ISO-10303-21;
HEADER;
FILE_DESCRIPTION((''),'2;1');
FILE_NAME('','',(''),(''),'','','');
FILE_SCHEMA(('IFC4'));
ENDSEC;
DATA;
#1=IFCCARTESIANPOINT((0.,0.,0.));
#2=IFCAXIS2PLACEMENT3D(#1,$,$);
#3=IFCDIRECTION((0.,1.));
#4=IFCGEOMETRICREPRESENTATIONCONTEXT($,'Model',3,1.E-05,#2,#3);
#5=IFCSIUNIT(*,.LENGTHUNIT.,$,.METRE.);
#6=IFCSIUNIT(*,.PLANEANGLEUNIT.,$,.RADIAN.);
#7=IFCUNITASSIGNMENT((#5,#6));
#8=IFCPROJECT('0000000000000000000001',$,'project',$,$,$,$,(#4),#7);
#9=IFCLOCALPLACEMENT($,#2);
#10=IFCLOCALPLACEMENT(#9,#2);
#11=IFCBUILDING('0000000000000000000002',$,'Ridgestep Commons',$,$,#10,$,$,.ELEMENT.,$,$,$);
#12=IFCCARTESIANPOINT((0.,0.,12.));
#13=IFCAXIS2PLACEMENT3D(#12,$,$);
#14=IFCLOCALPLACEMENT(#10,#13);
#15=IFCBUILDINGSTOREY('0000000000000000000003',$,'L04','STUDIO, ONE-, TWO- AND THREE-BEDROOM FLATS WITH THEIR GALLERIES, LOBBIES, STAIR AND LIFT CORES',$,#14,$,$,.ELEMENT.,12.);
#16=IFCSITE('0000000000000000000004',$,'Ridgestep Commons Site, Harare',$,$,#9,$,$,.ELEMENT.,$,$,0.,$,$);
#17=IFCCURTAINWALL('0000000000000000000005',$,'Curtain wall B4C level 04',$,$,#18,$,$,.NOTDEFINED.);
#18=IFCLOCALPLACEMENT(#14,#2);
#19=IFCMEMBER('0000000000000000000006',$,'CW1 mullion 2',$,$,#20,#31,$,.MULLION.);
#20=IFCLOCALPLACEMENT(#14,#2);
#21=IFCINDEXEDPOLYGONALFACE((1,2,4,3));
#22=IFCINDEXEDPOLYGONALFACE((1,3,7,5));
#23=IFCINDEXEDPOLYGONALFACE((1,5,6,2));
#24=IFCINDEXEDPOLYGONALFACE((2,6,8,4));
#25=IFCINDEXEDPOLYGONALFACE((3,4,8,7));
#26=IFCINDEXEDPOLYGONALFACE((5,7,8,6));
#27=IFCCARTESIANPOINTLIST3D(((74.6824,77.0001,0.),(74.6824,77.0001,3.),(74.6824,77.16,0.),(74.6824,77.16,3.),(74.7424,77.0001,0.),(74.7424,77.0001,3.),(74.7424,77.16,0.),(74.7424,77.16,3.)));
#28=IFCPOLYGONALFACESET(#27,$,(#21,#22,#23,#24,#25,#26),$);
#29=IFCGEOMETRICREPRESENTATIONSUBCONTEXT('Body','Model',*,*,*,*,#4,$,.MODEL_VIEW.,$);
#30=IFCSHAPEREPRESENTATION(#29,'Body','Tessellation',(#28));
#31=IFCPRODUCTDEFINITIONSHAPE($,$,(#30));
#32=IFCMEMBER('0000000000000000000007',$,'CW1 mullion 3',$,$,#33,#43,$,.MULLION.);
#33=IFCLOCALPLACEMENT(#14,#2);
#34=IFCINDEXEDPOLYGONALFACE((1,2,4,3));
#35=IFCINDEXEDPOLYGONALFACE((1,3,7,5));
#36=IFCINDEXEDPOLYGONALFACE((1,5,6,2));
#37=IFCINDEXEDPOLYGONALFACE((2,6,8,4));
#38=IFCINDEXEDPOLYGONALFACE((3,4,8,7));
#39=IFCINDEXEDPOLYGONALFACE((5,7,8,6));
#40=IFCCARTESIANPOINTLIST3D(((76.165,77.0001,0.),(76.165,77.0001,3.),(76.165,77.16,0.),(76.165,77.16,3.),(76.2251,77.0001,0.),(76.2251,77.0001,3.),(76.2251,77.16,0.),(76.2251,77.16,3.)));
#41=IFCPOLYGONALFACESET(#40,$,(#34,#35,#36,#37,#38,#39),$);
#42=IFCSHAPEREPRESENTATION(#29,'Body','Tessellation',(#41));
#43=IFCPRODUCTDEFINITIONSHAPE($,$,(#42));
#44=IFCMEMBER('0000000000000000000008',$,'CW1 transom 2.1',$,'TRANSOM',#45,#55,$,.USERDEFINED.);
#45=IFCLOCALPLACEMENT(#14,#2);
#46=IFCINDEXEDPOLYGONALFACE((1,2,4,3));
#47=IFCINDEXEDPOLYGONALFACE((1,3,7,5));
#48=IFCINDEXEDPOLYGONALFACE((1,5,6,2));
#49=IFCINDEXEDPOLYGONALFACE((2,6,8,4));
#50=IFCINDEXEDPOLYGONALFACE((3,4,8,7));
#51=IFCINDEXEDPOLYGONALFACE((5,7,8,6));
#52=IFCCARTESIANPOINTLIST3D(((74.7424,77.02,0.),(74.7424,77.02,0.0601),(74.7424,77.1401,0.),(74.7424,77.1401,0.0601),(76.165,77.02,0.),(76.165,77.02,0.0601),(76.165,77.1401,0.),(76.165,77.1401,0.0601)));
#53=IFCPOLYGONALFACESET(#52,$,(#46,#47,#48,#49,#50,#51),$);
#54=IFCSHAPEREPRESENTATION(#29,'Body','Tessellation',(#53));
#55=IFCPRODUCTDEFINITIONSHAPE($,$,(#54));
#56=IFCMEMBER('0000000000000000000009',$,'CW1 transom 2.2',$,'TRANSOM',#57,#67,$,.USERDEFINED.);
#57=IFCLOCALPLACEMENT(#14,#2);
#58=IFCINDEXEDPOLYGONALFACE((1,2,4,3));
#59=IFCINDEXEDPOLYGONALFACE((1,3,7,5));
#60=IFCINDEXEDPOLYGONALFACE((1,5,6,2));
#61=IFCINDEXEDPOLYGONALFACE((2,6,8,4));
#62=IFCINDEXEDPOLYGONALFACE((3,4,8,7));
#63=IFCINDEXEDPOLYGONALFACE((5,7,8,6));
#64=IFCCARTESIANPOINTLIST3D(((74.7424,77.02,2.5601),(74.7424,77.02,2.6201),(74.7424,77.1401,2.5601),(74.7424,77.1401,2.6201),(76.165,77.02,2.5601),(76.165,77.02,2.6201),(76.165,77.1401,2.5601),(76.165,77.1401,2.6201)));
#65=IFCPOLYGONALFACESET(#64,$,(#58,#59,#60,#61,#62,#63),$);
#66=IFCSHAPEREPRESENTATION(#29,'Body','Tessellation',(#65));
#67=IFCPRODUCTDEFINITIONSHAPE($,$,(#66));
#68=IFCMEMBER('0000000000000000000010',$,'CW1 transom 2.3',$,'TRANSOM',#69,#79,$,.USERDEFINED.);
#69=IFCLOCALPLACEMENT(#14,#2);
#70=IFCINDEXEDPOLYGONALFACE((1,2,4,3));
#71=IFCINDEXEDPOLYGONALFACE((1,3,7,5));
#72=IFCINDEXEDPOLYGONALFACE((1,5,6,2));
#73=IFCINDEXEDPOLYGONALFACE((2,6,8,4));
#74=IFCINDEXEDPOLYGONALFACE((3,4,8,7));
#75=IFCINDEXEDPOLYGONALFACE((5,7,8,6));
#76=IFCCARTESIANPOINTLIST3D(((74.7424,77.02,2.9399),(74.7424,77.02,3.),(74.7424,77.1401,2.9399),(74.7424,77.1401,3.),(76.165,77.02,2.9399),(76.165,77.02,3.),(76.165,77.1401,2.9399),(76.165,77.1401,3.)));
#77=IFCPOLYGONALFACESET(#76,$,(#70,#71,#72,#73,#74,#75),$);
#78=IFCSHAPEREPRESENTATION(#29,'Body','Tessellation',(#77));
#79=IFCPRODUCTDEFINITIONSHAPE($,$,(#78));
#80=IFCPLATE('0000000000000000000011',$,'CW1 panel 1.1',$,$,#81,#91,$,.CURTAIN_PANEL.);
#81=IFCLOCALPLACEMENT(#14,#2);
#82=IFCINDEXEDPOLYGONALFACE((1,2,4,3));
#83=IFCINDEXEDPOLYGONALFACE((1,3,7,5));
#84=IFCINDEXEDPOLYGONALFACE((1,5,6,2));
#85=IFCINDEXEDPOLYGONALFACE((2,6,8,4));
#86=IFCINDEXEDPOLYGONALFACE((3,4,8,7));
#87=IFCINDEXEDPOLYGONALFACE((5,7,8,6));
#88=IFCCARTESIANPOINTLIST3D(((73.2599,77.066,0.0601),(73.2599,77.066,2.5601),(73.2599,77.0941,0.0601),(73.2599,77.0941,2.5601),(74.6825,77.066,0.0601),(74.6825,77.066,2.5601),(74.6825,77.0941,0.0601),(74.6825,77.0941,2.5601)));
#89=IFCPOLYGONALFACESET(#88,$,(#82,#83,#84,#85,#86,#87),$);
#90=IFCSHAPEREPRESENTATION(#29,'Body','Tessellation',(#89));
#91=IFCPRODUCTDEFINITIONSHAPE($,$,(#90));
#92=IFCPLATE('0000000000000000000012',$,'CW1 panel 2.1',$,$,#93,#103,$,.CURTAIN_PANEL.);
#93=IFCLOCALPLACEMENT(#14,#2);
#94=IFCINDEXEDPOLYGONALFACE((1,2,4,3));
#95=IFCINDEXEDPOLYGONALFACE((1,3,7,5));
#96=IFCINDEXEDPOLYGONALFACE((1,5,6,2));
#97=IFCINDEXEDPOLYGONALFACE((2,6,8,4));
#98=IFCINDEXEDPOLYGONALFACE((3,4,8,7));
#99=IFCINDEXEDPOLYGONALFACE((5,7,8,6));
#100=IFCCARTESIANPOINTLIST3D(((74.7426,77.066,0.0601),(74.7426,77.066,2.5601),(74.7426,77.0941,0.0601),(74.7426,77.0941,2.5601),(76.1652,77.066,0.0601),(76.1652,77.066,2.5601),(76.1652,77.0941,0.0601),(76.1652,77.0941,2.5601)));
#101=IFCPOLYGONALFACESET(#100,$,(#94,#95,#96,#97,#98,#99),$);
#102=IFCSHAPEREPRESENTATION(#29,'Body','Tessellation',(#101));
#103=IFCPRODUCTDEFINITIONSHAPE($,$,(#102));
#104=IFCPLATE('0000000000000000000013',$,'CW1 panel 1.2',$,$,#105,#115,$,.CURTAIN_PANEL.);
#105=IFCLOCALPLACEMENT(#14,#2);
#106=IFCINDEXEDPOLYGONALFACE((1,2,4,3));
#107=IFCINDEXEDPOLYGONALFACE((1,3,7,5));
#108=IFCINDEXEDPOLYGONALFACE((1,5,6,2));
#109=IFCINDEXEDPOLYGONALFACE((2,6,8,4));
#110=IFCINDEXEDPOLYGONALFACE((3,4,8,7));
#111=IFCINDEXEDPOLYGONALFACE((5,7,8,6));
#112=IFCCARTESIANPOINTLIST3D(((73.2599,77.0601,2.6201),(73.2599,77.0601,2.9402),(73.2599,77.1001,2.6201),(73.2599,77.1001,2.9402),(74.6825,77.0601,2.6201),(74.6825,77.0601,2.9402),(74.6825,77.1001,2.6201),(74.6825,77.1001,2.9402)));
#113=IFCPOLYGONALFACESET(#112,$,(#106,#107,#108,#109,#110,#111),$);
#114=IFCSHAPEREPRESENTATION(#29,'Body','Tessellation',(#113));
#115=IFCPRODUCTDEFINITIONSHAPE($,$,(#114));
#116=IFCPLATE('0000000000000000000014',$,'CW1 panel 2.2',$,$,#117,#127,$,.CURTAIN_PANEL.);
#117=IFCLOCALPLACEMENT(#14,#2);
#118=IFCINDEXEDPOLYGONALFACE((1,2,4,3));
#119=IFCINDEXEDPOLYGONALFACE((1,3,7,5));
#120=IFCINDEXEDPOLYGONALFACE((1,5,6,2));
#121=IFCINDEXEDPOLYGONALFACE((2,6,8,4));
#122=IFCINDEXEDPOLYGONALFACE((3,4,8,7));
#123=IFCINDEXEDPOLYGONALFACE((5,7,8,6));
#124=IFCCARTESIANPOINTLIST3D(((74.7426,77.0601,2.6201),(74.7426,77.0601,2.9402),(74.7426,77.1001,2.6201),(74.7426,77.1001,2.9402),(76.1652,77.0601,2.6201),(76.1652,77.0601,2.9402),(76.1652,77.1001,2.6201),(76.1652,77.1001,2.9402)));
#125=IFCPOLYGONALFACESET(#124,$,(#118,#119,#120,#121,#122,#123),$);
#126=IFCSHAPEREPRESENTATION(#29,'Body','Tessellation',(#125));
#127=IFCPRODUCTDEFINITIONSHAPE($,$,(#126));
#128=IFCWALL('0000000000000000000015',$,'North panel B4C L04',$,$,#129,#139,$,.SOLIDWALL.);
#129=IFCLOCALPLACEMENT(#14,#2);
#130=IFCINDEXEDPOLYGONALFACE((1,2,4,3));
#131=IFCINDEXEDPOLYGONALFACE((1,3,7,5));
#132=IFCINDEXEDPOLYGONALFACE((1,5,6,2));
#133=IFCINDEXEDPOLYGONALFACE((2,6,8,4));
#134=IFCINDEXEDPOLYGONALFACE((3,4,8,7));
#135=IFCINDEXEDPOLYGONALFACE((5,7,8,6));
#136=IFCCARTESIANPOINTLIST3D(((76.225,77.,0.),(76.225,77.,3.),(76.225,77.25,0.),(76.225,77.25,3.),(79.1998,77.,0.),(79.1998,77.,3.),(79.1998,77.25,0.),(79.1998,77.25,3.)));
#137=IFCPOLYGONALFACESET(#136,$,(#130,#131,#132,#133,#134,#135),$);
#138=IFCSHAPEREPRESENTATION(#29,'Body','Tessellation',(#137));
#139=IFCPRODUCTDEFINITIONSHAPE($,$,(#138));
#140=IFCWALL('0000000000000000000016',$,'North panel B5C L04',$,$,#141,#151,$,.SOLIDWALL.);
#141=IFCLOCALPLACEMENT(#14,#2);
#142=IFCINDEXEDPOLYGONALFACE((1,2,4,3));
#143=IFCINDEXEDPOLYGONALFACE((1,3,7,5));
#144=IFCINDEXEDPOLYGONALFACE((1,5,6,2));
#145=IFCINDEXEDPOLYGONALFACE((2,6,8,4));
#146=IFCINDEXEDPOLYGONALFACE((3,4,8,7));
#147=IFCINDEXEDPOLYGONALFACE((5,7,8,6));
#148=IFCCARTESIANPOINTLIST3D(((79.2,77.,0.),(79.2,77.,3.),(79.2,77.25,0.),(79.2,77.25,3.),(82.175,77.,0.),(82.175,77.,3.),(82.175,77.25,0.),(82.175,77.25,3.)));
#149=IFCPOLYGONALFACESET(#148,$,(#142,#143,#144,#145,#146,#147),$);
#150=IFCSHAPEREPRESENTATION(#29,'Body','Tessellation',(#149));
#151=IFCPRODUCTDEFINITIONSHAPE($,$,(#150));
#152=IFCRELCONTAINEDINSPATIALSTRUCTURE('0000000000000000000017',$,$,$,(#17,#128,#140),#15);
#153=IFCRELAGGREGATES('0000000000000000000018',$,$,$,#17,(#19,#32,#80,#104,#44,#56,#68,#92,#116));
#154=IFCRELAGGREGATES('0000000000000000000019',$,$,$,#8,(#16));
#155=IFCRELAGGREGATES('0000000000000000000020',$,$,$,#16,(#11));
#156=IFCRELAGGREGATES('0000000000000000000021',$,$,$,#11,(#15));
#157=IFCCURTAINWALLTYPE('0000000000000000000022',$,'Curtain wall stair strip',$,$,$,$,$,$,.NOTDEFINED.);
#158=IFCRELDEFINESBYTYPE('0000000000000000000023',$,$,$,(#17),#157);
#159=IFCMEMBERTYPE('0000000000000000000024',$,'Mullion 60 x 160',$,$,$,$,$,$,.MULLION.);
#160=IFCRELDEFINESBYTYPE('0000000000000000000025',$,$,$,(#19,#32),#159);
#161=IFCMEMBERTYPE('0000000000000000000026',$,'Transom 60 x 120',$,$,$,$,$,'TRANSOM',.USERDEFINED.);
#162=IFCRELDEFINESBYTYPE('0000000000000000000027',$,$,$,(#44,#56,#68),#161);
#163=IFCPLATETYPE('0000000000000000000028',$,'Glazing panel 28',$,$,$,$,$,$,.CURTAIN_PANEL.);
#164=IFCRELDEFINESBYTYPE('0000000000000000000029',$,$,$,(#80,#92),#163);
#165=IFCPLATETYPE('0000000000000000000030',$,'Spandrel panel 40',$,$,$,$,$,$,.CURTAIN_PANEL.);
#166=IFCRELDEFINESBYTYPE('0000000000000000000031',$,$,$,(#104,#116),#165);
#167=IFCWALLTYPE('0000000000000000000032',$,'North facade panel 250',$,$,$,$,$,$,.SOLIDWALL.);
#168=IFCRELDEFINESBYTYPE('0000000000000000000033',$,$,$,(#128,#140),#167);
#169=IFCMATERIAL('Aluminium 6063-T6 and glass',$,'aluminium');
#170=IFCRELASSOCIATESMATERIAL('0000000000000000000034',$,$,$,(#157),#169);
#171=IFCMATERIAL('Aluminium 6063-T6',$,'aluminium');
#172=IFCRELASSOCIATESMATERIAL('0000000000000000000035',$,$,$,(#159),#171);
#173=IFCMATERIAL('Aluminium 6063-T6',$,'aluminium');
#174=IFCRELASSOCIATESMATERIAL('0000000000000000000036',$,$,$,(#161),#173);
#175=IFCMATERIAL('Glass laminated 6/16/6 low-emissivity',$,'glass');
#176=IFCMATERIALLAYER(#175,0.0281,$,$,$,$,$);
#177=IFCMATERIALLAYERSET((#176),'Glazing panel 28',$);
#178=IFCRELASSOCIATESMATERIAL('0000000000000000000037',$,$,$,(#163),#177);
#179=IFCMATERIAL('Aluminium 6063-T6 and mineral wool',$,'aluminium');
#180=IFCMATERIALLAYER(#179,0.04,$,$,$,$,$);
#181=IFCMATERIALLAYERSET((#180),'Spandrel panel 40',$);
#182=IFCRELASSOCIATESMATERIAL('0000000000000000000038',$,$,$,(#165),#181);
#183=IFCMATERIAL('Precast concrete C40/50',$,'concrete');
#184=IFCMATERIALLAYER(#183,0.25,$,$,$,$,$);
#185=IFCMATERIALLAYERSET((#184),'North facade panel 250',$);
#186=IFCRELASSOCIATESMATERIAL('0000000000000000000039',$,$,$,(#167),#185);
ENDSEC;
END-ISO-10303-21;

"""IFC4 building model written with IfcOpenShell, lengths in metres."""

from ifc_helpers import new_model, si_unit, direction, frame, frame_2d, origin, origin_2d, place, context, subcontext, project, spatial, rectangle, extrude, material, layer, layer_set, material_profile, profile_set, type_object, element, aggregate, save


model = new_model("IFC4")

# Units and contexts
model_context = context("Model", 3, precision=1e-05, world=origin(), true_north=direction((0.0, 1.0)))
body_context = subcontext(model_context, "Body", "Model", "MODEL_VIEW")
ifc_project = project(units=[si_unit("LENGTHUNIT", "METRE"), si_unit("PLANEANGLEUNIT", "RADIAN")], contexts=[model_context])

# Site, building, storey
site_placement = place(None, origin())
site = spatial("IfcSite", under=ifc_project, at=site_placement, Name="Ridgestep Commons Site, Harare", CompositionType="ELEMENT", RefElevation=0.0)
building_placement = place(site_placement, origin())
building = spatial("IfcBuilding", under=site, at=building_placement, Name="Ridgestep Commons", CompositionType="ELEMENT")
storey_placement = place(building_placement, frame((0.0, 0.0, 12.0)))
storey = spatial("IfcBuildingStorey", under=building, at=storey_placement, Name="L04", Description="STUDIO, ONE-, TWO- AND THREE-BEDROOM FLATS WITH THEIR GALLERIES, LOBBIES, STAIR AND LIFT CORES", CompositionType="ELEMENT", Elevation=12.0)

# Curtain wall, members, plates
ifc_material_1 = material(Name="Aluminium 6063-T6 and glass", Category="aluminium")
curtain_wall_type = type_object("IfcCurtainWallType", Name="Curtain wall stair strip", PredefinedType="NOTDEFINED", material=ifc_material_1)
curtain_wall_placement = place(storey_placement, origin())
curtain_wall = element("IfcCurtainWall", 1, at=curtain_wall_placement, inside=storey, type_object=curtain_wall_type, Name="Curtain wall B4C level 04", PredefinedType="NOTDEFINED")
ifc_material_2 = material(Name="Aluminium 6063-T6", Category="aluminium")
ifc_material_profile_1 = material_profile(ifc_material_2, rectangle(XDim=0.1599, YDim=0.0601, at=origin_2d()), Name="Mullion 60 x 160")
ifc_profile_set_1 = profile_set([ifc_material_profile_1], Name="Aluminium 6063-T6")
member_type_1 = type_object("IfcMemberType", Name="Mullion 60 x 160", PredefinedType="MULLION", material=ifc_profile_set_1)
member_1_placement = place(storey_placement, frame((74.7124, 77.0801, 0.0), z_axis=(0.0, 0.0, 1.0), x_axis=(0.0, 1.0, 0.0)))
member_1 = element("IfcMember", 2, at=member_1_placement, type_object=member_type_1, Name="CW1 mullion 2", PredefinedType="MULLION", context=body_context, shape_type="SweptSolid", body=[
    extrude(rectangle(XDim=0.1599, YDim=0.0601, at=origin_2d()), origin(), (0.0, 0.0, 1.0), 3.0),
])
member_2_placement = place(storey_placement, frame((76.1951, 77.0801, 0.0), z_axis=(0.0, 0.0, 1.0), x_axis=(0.0, 1.0, 0.0)))
member_2 = element("IfcMember", 3, at=member_2_placement, type_object=member_type_1, Name="CW1 mullion 3", PredefinedType="MULLION", context=body_context, shape_type="SweptSolid", body=[
    extrude(rectangle(XDim=0.1599, YDim=0.0601, at=origin_2d()), origin(), (0.0, 0.0, 1.0), 3.0),
])
ifc_material_3 = material(Name="Aluminium 6063-T6", Category="aluminium")
ifc_material_profile_2 = material_profile(ifc_material_3, rectangle(XDim=0.1201, YDim=0.0601, at=origin_2d()), Name="Transom 60 x 120")
ifc_profile_set_2 = profile_set([ifc_material_profile_2], Name="Aluminium 6063-T6")
member_type_2 = type_object("IfcMemberType", Name="Transom 60 x 120", ElementType="TRANSOM", PredefinedType="USERDEFINED", material=ifc_profile_set_2)
member_3_placement = place(storey_placement, frame((74.7424, 77.0801, 0.03), z_axis=(1.0, 0.0, 0.0), x_axis=(0.0, 1.0, 0.0)))
member_3 = element("IfcMember", 4, at=member_3_placement, type_object=member_type_2, Name="CW1 transom 2.1", ObjectType="TRANSOM", PredefinedType="USERDEFINED", context=body_context, shape_type="SweptSolid", body=[
    extrude(rectangle(XDim=0.1201, YDim=0.0601, at=origin_2d()), origin(), (0.0, 0.0, 1.0), 1.4226),
])
member_4_placement = place(storey_placement, frame((74.7424, 77.0801, 2.5901), z_axis=(1.0, 0.0, 0.0), x_axis=(0.0, 1.0, 0.0)))
member_4 = element("IfcMember", 5, at=member_4_placement, type_object=member_type_2, Name="CW1 transom 2.2", ObjectType="TRANSOM", PredefinedType="USERDEFINED", context=body_context, shape_type="SweptSolid", body=[
    extrude(rectangle(XDim=0.1201, YDim=0.0601, at=origin_2d()), origin(), (0.0, 0.0, 1.0), 1.4226),
])
member_5_placement = place(storey_placement, frame((74.7424, 77.0801, 2.97), z_axis=(1.0, 0.0, 0.0), x_axis=(0.0, 1.0, 0.0)))
member_5 = element("IfcMember", 6, at=member_5_placement, type_object=member_type_2, Name="CW1 transom 2.3", ObjectType="TRANSOM", PredefinedType="USERDEFINED", context=body_context, shape_type="SweptSolid", body=[
    extrude(rectangle(XDim=0.1201, YDim=0.0601, at=origin_2d()), origin(), (0.0, 0.0, 1.0), 1.4226),
])
ifc_material_4 = material(Name="Glass laminated 6/16/6 low-emissivity", Category="glass")
ifc_layer_1 = layer(ifc_material_4, 0.0281)
ifc_layer_set_1 = layer_set([ifc_layer_1], Name="Glazing panel 28")
plate_type_1 = type_object("IfcPlateType", Name="Glazing panel 28", PredefinedType="CURTAIN_PANEL", material=ifc_layer_set_1)
plate_1_placement = place(storey_placement, frame((73.9712, 77.0801, 0.0601), z_axis=(0.0, 0.0, 1.0), x_axis=(1.0, 0.0, 0.0)))
plate_1 = element("IfcPlate", 7, at=plate_1_placement, type_object=plate_type_1, Name="CW1 panel 1.1", PredefinedType="CURTAIN_PANEL", context=body_context, shape_type="SweptSolid", body=[
    extrude(rectangle(XDim=1.4226, YDim=0.0281, at=origin_2d()), origin(), (0.0, 0.0, 1.0), 2.5),
])
plate_2_placement = place(storey_placement, frame((75.4539, 77.0801, 0.0601), z_axis=(0.0, 0.0, 1.0), x_axis=(1.0, 0.0, 0.0)))
plate_2 = element("IfcPlate", 8, at=plate_2_placement, type_object=plate_type_1, Name="CW1 panel 2.1", PredefinedType="CURTAIN_PANEL", context=body_context, shape_type="SweptSolid", body=[
    extrude(rectangle(XDim=1.4226, YDim=0.0281, at=origin_2d()), origin(), (0.0, 0.0, 1.0), 2.5),
])
ifc_material_5 = material(Name="Aluminium 6063-T6 and mineral wool", Category="aluminium")
ifc_layer_2 = layer(ifc_material_5, 0.04)
ifc_layer_set_2 = layer_set([ifc_layer_2], Name="Spandrel panel 40")
plate_type_2 = type_object("IfcPlateType", Name="Spandrel panel 40", PredefinedType="CURTAIN_PANEL", material=ifc_layer_set_2)
plate_3_placement = place(storey_placement, frame((73.9712, 77.0801, 2.6201), z_axis=(0.0, 0.0, 1.0), x_axis=(1.0, 0.0, 0.0)))
plate_3 = element("IfcPlate", 9, at=plate_3_placement, type_object=plate_type_2, Name="CW1 panel 1.2", PredefinedType="CURTAIN_PANEL", context=body_context, shape_type="SweptSolid", body=[
    extrude(rectangle(XDim=1.4226, YDim=0.04, at=origin_2d()), origin(), (0.0, 0.0, 1.0), 0.3201),
])
plate_4_placement = place(storey_placement, frame((75.4539, 77.0801, 2.6201), z_axis=(0.0, 0.0, 1.0), x_axis=(1.0, 0.0, 0.0)))
plate_4 = element("IfcPlate", 10, at=plate_4_placement, type_object=plate_type_2, Name="CW1 panel 2.2", PredefinedType="CURTAIN_PANEL", context=body_context, shape_type="SweptSolid", body=[
    extrude(rectangle(XDim=1.4226, YDim=0.04, at=origin_2d()), origin(), (0.0, 0.0, 1.0), 0.3201),
])
aggregate(curtain_wall, [member_1, member_2, plate_1, plate_3, member_3, member_4, member_5, plate_2, plate_4])

# Walls
ifc_material_6 = material(Name="Precast concrete C40/50", Category="concrete")
ifc_layer_3 = layer(ifc_material_6, 0.25)
ifc_layer_set_3 = layer_set([ifc_layer_3], Name="North facade panel 250")
wall_type = type_object("IfcWallType", Name="North facade panel 250", PredefinedType="SOLIDWALL", material=ifc_layer_set_3)
wall_1_placement = place(storey_placement, frame((76.2251, 77.125, 0.0), z_axis=(0.0, 0.0, 1.0), x_axis=(1.0, 0.0, 0.0)))
element("IfcWall", 11, at=wall_1_placement, inside=storey, type_object=wall_type, Name="North panel B4C L04", PredefinedType="SOLIDWALL", context=body_context, shape_type="SweptSolid", body=[
    extrude(rectangle(XDim=2.9749, YDim=0.25, at=frame_2d((1.4873, 0.0))), origin(), (0.0, 0.0, 1.0), 3.0),
])
wall_2_placement = place(storey_placement, frame((79.2, 77.125, 0.0), z_axis=(0.0, 0.0, 1.0), x_axis=(1.0, 0.0, 0.0)))
element("IfcWall", 12, at=wall_2_placement, inside=storey, type_object=wall_type, Name="North panel B5C L04", PredefinedType="SOLIDWALL", context=body_context, shape_type="SweptSolid", body=[
    extrude(rectangle(XDim=2.9751, YDim=0.25, at=frame_2d((1.4875, 0.0))), origin(), (0.0, 0.0, 1.0), 3.0),
])

save(model, "model.ifc")
